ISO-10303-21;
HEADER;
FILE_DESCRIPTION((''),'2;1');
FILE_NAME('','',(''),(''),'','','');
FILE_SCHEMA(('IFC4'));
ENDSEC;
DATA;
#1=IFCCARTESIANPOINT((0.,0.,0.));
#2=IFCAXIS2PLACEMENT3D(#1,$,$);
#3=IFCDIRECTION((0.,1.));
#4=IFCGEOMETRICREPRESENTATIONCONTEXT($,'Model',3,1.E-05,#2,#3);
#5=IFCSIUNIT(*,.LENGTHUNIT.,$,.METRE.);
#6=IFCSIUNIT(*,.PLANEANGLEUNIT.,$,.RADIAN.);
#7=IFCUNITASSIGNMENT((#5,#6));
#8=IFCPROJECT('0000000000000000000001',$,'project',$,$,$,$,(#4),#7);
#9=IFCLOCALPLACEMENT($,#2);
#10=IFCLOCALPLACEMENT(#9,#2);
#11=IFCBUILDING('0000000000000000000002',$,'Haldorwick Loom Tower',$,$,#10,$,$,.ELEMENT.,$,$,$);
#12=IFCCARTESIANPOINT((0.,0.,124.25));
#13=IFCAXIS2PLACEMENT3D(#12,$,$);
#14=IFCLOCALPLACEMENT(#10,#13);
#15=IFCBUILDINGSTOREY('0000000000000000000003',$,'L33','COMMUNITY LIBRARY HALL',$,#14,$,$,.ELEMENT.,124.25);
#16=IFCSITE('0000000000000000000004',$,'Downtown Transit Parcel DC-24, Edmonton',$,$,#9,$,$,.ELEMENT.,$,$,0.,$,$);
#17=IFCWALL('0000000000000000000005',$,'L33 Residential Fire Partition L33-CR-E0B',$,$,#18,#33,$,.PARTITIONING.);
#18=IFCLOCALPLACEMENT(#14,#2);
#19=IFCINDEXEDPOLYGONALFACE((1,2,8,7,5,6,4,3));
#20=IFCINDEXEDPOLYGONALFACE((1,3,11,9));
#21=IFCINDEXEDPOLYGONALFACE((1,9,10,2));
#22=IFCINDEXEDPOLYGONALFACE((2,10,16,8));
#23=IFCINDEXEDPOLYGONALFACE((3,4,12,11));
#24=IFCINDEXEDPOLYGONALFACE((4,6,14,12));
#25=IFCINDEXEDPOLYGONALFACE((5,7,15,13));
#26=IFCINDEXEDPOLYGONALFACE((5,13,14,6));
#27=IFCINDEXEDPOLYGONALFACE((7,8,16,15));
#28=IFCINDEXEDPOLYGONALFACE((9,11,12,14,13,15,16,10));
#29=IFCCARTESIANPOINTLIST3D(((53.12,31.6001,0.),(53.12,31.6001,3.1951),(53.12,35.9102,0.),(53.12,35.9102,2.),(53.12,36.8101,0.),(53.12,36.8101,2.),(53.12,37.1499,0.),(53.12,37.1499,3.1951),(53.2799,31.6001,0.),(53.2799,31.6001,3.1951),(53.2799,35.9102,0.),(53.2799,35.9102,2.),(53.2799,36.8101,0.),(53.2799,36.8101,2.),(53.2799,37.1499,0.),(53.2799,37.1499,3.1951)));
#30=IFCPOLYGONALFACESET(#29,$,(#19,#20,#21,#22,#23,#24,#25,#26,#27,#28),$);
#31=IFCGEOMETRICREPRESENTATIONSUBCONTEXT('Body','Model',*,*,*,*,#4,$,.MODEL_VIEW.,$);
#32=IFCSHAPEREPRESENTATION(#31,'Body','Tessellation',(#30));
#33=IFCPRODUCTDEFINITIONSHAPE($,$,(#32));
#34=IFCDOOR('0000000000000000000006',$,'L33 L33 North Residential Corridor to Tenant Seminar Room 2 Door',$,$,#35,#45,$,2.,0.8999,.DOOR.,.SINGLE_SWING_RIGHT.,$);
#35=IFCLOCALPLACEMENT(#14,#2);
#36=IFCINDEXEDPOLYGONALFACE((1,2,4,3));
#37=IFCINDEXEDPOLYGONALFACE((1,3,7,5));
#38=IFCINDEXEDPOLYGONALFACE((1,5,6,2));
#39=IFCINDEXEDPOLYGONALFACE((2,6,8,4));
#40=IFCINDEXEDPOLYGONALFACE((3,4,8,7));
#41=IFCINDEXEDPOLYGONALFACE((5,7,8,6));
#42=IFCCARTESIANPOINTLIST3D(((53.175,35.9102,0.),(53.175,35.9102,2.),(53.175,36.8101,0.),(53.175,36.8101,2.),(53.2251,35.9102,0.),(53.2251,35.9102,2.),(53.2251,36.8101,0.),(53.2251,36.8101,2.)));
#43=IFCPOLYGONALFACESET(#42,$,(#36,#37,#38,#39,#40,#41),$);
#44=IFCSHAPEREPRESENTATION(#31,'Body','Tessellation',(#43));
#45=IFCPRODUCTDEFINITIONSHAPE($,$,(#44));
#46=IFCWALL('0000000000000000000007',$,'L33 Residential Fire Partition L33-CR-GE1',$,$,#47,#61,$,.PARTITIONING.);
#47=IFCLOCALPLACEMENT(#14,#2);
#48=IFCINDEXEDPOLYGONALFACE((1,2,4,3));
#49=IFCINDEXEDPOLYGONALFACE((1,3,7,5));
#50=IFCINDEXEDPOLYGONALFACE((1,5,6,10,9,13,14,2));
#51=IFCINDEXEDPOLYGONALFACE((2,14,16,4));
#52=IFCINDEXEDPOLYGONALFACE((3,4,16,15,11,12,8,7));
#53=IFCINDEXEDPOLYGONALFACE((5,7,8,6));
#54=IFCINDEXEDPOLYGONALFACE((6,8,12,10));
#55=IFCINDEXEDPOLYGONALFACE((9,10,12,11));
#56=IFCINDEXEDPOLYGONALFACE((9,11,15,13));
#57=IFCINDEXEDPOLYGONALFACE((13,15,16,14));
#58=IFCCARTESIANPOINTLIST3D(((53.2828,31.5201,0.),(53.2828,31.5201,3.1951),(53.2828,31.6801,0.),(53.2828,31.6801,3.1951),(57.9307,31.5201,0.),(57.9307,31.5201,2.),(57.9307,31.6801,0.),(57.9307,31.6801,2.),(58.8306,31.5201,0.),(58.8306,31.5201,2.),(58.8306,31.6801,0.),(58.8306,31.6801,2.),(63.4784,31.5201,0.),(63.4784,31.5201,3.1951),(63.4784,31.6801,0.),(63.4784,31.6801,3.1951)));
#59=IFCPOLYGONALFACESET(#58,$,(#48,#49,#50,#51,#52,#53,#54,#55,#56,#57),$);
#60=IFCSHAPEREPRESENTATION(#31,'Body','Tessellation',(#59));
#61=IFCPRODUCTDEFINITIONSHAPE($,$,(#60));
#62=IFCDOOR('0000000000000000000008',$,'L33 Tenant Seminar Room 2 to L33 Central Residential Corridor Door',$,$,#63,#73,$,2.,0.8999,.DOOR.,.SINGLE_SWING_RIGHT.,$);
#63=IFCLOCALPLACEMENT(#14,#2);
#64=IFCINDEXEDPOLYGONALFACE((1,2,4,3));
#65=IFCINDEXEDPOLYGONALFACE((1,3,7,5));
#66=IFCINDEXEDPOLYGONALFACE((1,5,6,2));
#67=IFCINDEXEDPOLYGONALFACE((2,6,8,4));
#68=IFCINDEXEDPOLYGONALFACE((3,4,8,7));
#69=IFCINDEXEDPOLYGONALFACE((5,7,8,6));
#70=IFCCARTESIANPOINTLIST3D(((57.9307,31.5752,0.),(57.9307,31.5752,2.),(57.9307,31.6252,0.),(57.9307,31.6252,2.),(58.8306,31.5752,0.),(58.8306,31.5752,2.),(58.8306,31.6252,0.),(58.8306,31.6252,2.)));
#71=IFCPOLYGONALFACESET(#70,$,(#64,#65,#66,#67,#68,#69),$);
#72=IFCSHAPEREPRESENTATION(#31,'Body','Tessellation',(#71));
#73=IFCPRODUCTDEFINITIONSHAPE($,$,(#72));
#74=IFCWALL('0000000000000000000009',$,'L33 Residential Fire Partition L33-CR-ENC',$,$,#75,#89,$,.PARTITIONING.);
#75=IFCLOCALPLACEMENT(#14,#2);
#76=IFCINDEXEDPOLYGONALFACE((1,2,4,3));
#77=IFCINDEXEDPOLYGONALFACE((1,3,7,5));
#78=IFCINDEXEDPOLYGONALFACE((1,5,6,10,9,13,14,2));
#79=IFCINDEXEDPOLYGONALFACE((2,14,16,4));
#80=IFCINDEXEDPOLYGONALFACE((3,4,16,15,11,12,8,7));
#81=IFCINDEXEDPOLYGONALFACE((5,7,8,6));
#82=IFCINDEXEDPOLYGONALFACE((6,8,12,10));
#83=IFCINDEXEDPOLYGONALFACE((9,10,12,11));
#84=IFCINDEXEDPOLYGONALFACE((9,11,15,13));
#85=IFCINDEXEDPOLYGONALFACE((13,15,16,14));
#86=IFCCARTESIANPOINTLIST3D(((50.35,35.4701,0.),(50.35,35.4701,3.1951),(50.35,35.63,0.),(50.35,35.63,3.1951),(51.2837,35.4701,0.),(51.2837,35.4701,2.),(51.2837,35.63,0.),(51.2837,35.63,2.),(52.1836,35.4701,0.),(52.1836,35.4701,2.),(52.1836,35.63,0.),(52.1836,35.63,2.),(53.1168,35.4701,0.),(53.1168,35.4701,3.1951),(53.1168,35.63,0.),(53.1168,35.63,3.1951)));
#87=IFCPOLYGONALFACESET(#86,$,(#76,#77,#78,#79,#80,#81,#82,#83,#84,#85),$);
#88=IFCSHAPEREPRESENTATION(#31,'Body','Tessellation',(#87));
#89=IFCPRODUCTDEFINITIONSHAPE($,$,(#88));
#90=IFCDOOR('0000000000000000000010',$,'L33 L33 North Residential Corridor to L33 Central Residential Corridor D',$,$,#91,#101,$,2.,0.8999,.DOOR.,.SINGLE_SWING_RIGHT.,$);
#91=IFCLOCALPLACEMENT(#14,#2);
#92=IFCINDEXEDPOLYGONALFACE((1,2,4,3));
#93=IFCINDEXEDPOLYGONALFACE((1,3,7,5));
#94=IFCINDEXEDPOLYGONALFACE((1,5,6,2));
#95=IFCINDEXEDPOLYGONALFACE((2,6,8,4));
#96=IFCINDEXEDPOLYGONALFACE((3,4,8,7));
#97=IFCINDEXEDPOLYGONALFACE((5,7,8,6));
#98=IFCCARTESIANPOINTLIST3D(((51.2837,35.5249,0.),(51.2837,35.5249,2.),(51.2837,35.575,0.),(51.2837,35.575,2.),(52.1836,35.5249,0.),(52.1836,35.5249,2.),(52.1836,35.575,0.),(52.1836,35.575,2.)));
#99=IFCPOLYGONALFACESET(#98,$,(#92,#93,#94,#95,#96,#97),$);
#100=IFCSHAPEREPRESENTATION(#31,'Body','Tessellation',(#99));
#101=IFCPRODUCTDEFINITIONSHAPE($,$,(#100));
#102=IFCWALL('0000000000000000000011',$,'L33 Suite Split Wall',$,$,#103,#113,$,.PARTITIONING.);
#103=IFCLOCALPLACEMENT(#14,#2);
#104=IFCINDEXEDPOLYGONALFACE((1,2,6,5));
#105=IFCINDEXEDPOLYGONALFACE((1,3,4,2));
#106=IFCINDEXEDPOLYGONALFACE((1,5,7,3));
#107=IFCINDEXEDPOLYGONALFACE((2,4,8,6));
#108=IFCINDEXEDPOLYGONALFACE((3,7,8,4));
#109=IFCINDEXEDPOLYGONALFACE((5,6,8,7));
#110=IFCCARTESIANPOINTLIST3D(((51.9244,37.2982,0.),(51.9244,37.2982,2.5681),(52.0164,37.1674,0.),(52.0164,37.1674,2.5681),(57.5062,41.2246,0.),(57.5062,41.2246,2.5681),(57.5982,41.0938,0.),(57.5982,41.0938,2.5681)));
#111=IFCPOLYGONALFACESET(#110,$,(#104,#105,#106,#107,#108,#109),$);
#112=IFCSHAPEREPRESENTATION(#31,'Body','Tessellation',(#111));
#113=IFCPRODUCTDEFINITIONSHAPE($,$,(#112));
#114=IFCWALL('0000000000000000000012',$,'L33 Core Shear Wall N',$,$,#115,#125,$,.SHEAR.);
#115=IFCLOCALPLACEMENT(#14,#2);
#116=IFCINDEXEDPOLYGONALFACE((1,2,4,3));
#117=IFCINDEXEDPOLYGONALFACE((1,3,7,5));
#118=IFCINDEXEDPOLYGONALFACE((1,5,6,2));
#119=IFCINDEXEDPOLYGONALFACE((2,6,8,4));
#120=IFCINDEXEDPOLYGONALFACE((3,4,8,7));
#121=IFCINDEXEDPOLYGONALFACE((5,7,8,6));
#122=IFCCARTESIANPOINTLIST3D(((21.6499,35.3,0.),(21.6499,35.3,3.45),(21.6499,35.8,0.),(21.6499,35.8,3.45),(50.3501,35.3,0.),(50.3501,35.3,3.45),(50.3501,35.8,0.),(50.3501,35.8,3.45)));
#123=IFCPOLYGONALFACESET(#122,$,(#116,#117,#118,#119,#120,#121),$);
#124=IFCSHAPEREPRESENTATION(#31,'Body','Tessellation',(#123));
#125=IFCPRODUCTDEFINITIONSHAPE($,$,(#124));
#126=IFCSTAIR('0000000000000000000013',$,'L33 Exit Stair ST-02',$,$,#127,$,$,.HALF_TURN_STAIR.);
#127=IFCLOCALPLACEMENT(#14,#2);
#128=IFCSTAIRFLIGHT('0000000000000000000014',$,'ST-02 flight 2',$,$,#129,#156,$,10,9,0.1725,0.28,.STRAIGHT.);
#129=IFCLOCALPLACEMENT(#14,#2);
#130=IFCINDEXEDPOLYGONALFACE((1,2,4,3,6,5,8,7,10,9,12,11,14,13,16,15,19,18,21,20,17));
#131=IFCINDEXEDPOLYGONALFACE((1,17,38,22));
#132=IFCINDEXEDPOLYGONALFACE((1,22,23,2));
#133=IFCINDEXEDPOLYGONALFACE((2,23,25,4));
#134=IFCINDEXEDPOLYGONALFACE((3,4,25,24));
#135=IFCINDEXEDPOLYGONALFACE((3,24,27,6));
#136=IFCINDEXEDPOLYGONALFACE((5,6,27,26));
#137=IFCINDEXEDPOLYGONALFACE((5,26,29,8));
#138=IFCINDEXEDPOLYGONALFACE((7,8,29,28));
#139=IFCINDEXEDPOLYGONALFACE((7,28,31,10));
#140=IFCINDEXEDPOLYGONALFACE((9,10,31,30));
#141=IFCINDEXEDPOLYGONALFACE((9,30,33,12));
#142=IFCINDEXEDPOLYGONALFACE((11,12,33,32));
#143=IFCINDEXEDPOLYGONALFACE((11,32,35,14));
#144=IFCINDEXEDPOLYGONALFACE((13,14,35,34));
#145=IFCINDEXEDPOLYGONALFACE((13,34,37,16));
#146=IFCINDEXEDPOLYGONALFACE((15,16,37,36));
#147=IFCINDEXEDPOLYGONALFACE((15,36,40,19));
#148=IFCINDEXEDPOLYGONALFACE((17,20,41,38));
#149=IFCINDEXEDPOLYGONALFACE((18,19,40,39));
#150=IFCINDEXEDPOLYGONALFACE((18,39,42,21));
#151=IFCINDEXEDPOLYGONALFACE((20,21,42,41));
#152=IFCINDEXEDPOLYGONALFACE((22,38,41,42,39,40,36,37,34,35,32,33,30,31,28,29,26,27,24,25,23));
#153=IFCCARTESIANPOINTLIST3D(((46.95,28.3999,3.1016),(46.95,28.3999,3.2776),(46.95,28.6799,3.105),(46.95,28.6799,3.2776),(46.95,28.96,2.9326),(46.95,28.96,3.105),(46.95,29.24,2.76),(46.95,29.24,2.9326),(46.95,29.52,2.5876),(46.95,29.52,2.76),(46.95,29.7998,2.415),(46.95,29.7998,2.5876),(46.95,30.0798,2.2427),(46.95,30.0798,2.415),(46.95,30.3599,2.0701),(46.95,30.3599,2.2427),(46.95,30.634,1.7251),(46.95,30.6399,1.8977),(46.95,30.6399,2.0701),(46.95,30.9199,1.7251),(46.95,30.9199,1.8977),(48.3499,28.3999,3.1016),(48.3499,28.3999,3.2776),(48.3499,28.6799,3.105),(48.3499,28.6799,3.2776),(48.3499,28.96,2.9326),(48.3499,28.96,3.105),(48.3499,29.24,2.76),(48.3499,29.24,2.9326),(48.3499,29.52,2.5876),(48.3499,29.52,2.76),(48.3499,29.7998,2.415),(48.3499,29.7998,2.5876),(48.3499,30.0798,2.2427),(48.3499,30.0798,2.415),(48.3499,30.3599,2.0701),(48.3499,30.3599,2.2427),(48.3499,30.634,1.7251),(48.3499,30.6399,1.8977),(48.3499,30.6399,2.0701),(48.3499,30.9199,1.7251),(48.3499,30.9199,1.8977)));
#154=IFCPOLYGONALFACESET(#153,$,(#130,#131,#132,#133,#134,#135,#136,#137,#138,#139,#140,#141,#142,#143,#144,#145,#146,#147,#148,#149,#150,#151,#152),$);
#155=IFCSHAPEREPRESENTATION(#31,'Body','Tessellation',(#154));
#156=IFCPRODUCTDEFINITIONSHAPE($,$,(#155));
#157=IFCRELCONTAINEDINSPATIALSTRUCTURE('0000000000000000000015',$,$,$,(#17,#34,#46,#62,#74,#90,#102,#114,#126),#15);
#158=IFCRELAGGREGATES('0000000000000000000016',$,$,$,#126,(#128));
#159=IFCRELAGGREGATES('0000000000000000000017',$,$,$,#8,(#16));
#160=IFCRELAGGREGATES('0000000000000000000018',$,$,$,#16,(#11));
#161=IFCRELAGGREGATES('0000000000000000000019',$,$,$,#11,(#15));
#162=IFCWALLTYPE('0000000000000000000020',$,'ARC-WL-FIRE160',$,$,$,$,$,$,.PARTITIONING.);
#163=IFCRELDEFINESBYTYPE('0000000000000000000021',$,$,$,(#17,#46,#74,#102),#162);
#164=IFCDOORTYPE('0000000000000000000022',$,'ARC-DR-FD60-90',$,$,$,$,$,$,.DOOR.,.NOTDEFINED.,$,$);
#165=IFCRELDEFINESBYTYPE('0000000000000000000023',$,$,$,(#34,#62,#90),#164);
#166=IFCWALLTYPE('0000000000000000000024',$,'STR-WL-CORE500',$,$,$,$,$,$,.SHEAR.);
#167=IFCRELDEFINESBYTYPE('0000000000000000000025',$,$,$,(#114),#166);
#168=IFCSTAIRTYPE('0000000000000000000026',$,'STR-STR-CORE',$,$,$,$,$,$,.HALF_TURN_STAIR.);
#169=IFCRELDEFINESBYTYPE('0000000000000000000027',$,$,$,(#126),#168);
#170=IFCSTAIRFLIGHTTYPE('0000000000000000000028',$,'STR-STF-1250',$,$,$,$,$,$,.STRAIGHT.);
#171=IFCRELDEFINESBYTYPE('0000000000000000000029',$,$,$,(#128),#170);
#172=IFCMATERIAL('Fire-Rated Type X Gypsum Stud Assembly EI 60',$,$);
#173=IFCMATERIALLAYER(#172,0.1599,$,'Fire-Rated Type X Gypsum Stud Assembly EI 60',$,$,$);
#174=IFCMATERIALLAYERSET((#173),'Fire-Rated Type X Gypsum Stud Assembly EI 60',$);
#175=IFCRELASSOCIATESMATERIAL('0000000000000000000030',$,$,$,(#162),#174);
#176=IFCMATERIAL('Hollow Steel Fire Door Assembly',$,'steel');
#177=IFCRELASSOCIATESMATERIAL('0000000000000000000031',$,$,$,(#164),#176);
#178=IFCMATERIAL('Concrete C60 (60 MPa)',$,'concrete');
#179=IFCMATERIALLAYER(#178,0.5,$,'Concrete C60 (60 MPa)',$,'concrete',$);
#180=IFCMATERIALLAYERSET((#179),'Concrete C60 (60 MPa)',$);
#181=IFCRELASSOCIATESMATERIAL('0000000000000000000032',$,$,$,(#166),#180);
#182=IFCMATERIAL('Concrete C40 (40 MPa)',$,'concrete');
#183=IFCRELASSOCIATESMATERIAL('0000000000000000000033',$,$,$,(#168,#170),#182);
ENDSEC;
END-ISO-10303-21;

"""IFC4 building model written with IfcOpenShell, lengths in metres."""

from ifc_helpers import new_model, si_unit, direction, frame, frame_2d, origin, place, context, subcontext, project, spatial, polyline, rectangle, outline, extrude, material, layer, layer_set, type_object, element, fill, aggregate, save


model = new_model("IFC4")

# Units and contexts
model_context = context("Model", 3, precision=1e-05, world=origin(), true_north=direction((0.0, 1.0)))
body_context = subcontext(model_context, "Body", "Model", "MODEL_VIEW")
ifc_project = project(units=[si_unit("LENGTHUNIT", "METRE"), si_unit("PLANEANGLEUNIT", "RADIAN")], contexts=[model_context])

# Site, building, storey
site_placement = place(None, origin())
site = spatial("IfcSite", under=ifc_project, at=site_placement, Name="Downtown Transit Parcel DC-24, Edmonton", CompositionType="ELEMENT", RefElevation=0.0)
building_placement = place(site_placement, origin())
building = spatial("IfcBuilding", under=site, at=building_placement, Name="Haldorwick Loom Tower", CompositionType="ELEMENT")
storey_placement = place(building_placement, frame((0.0, 0.0, 124.25)))
storey = spatial("IfcBuildingStorey", under=building, at=storey_placement, Name="L33", Description="COMMUNITY LIBRARY HALL", CompositionType="ELEMENT", Elevation=124.25)

# Shared definitions
ifc_material_1 = material(Name="Concrete C60 (60 MPa)", Category="concrete")

# Walls, openings, doors
ifc_material_2 = material(Name="Fire-Rated Type X Gypsum Stud Assembly EI 60")
ifc_layer_1 = layer(ifc_material_2, 0.1599, Name="Fire-Rated Type X Gypsum Stud Assembly EI 60")
ifc_layer_set_1 = layer_set([ifc_layer_1], Name="Fire-Rated Type X Gypsum Stud Assembly EI 60")
wall_type_1 = type_object("IfcWallType", Name="ARC-WL-FIRE160", PredefinedType="PARTITIONING", material=ifc_layer_set_1)
wall_1_placement = place(storey_placement, frame((53.2, 31.6001, 0.0), z_axis=(0.0, 0.0, 1.0), x_axis=(0.0, 1.0, 0.0)))
wall_1 = element("IfcWall", 1, at=wall_1_placement, inside=storey, type_object=wall_type_1, Name="L33 Residential Fire Partition L33-CR-E0B", PredefinedType="PARTITIONING", context=body_context, shape_type="SweptSolid", body=[
    extrude(rectangle(XDim=5.5498, YDim=0.1599, at=frame_2d((2.7749, 0.0))), origin(), (0.0, 0.0, 1.0), 3.1951),
])
opening_1_placement = place(wall_1_placement, frame((4.3101, 0.0, 0.0)))
opening_1 = element("IfcOpeningElement", 2, at=opening_1_placement, cuts=wall_1, PredefinedType="OPENING", context=body_context, shape_type="SweptSolid", body=[
    extrude(rectangle(XDim=0.8999, YDim=2.0, at=frame_2d((0.45, 1.0))), frame((0.0, 0.0898, 0.0), z_axis=(0.0, -1.0, 0.0), x_axis=(1.0, 0.0, 0.0)), (0.0, 0.0, 1.0), 0.1799),
])
ifc_material_3 = material(Name="Hollow Steel Fire Door Assembly", Category="steel")
door_type = type_object("IfcDoorType", Name="ARC-DR-FD60-90", OperationType="NOTDEFINED", PredefinedType="DOOR", material=ifc_material_3)
door_1_placement = place(opening_1_placement, origin())
door_1 = element("IfcDoor", 3, at=door_1_placement, inside=storey, type_object=door_type, Name="L33 L33 North Residential Corridor to Tenant Seminar Room 2 Door", OperationType="SINGLE_SWING_RIGHT", OverallHeight=2.0, OverallWidth=0.8999, PredefinedType="DOOR", context=body_context, shape_type="SweptSolid", body=[
    extrude(rectangle(XDim=0.8999, YDim=2.0, at=frame_2d((0.45, 1.0))), frame((0.0, 0.0249, 0.0), z_axis=(0.0, -1.0, 0.0), x_axis=(1.0, 0.0, 0.0)), (0.0, 0.0, 1.0), 0.05),
])
fill(opening_1, door_1)
wall_2_placement = place(storey_placement, frame((53.283, 31.6001, 0.0), z_axis=(0.0, 0.0, 1.0), x_axis=(1.0, 0.0, 0.0)))
wall_2 = element("IfcWall", 4, at=wall_2_placement, inside=storey, type_object=wall_type_1, Name="L33 Residential Fire Partition L33-CR-GE1", PredefinedType="PARTITIONING", context=body_context, shape_type="SweptSolid", body=[
    extrude(rectangle(XDim=10.1956, YDim=0.1599, at=frame_2d((5.0977, 0.0))), origin(), (0.0, 0.0, 1.0), 3.1951),
])
opening_2_placement = place(wall_2_placement, frame((4.6477, 0.0, 0.0)))
opening_2 = element("IfcOpeningElement", 5, at=opening_2_placement, cuts=wall_2, PredefinedType="OPENING", context=body_context, shape_type="SweptSolid", body=[
    extrude(rectangle(XDim=0.8999, YDim=2.0, at=frame_2d((0.45, 1.0))), frame((0.0, 0.0898, 0.0), z_axis=(0.0, -1.0, 0.0), x_axis=(1.0, 0.0, 0.0)), (0.0, 0.0, 1.0), 0.1799),
])
door_2_placement = place(opening_2_placement, frame((0.8999, 0.0, 0.0), z_axis=(0.0, 0.0, 1.0), x_axis=(-1.0, 0.0, 0.0)))
door_2 = element("IfcDoor", 6, at=door_2_placement, inside=storey, type_object=door_type, Name="L33 Tenant Seminar Room 2 to L33 Central Residential Corridor Door", OperationType="SINGLE_SWING_RIGHT", OverallHeight=2.0, OverallWidth=0.8999, PredefinedType="DOOR", context=body_context, shape_type="SweptSolid", body=[
    extrude(rectangle(XDim=0.8999, YDim=2.0, at=frame_2d((0.45, 1.0))), frame((0.0, 0.0249, 0.0), z_axis=(0.0, -1.0, 0.0), x_axis=(1.0, 0.0, 0.0)), (0.0, 0.0, 1.0), 0.05),
])
fill(opening_2, door_2)
wall_3_placement = place(storey_placement, frame((50.3501, 35.55, 0.0), z_axis=(0.0, 0.0, 1.0), x_axis=(1.0, 0.0, 0.0)))
wall_3 = element("IfcWall", 7, at=wall_3_placement, inside=storey, type_object=wall_type_1, Name="L33 Residential Fire Partition L33-CR-ENC", PredefinedType="PARTITIONING", context=body_context, shape_type="SweptSolid", body=[
    extrude(rectangle(XDim=2.7668, YDim=0.1599, at=frame_2d((1.3833, 0.0))), origin(), (0.0, 0.0, 1.0), 3.1951),
])
opening_3_placement = place(wall_3_placement, frame((0.9336, 0.0, 0.0)))
opening_3 = element("IfcOpeningElement", 8, at=opening_3_placement, cuts=wall_3, PredefinedType="OPENING", context=body_context, shape_type="SweptSolid", body=[
    extrude(rectangle(XDim=0.8999, YDim=2.0, at=frame_2d((0.45, 1.0))), frame((0.0, 0.0898, 0.0), z_axis=(0.0, -1.0, 0.0), x_axis=(1.0, 0.0, 0.0)), (0.0, 0.0, 1.0), 0.1799),
])
door_3_placement = place(opening_3_placement, origin())
door_3 = element("IfcDoor", 9, at=door_3_placement, inside=storey, type_object=door_type, Name="L33 L33 North Residential Corridor to L33 Central Residential Corridor D", OperationType="SINGLE_SWING_RIGHT", OverallHeight=2.0, OverallWidth=0.8999, PredefinedType="DOOR", context=body_context, shape_type="SweptSolid", body=[
    extrude(rectangle(XDim=0.8999, YDim=2.0, at=frame_2d((0.45, 1.0))), frame((0.0, 0.0249, 0.0), z_axis=(0.0, -1.0, 0.0), x_axis=(1.0, 0.0, 0.0)), (0.0, 0.0, 1.0), 0.05),
])
fill(opening_3, door_3)

# Walls
wall_4_placement = place(storey_placement, frame((51.9705, 37.2329, 0.0), z_axis=(0.0, 0.0, 1.0), x_axis=(0.817921, 0.575331, 0.0)))
element("IfcWall", 10, at=wall_4_placement, inside=storey, type_object=wall_type_1, Name="L33 Suite Split Wall", PredefinedType="PARTITIONING", context=body_context, shape_type="SweptSolid", body=[
    extrude(rectangle(XDim=6.8245, YDim=0.1599, at=frame_2d((3.4121, 0.0))), origin(), (0.0, 0.0, 1.0), 2.5681),
])
ifc_layer_2 = layer(ifc_material_1, 0.5, Name="Concrete C60 (60 MPa)", Category="concrete")
ifc_layer_set_2 = layer_set([ifc_layer_2], Name="Concrete C60 (60 MPa)")
wall_type_2 = type_object("IfcWallType", Name="STR-WL-CORE500", PredefinedType="SHEAR", material=ifc_layer_set_2)
wall_5_placement = place(storey_placement, frame((50.3501, 35.55, 0.0), z_axis=(0.0, 0.0, 1.0), x_axis=(-1.0, 0.0, 0.0)))
element("IfcWall", 11, at=wall_5_placement, inside=storey, type_object=wall_type_2, Name="L33 Core Shear Wall N", PredefinedType="SHEAR", context=body_context, shape_type="SweptSolid", body=[
    extrude(rectangle(XDim=28.7002, YDim=0.5, at=frame_2d((14.3501, 0.0))), origin(), (0.0, 0.0, 1.0), 3.45),
])

# Stair, stair flight
ifc_material_4 = material(Name="Concrete C40 (40 MPa)", Category="concrete")
stair_type = type_object("IfcStairType", Name="STR-STR-CORE", PredefinedType="HALF_TURN_STAIR", material=ifc_material_4)
stair_placement = place(storey_placement, origin())
stair = element("IfcStair", 12, at=stair_placement, inside=storey, type_object=stair_type, Name="L33 Exit Stair ST-02", PredefinedType="HALF_TURN_STAIR")
stair_flight_type = type_object("IfcStairFlightType", Name="STR-STF-1250", PredefinedType="STRAIGHT", material=ifc_material_4)
stair_flight_placement = place(storey_placement, frame((47.6499, 30.9199, 1.7251), z_axis=(0.0, 0.0, 1.0), x_axis=(0.0, -1.0, 0.0)))
stair_flight = element("IfcStairFlight", 13, at=stair_flight_placement, type_object=stair_flight_type, Name="ST-02 flight 2", NumberOfRisers=10, NumberOfTreads=9, PredefinedType="STRAIGHT", RiserHeight=0.1725, TreadLength=0.28, context=body_context, shape_type="SweptSolid", body=[
    extrude(outline(polyline([(0.0, 0.0), (0.0, 0.1726), (0.28, 0.1726), (0.28, 0.345), (0.5601, 0.345), (0.5601, 0.5176), (0.8401, 0.5176), (0.8401, 0.6899), (1.1201, 0.6899), (1.1201, 0.8625), (1.3999, 0.8625), (1.3999, 1.0349), (1.6799, 1.0349), (1.6799, 1.2075), (1.96, 1.2075), (1.96, 1.3799), (2.24, 1.3799), (2.24, 1.5525), (2.52, 1.5525), (2.52, 1.7251), (2.52, 1.3765), (0.2859, 0.0), (0.0, 0.0)])), frame((0.0, 0.7, 0.0), z_axis=(0.0, -1.0, 0.0), x_axis=(1.0, 0.0, 0.0)), (0.0, 0.0, 1.0), 1.3999),
])
aggregate(stair, [stair_flight])

save(model, "model.ifc")
